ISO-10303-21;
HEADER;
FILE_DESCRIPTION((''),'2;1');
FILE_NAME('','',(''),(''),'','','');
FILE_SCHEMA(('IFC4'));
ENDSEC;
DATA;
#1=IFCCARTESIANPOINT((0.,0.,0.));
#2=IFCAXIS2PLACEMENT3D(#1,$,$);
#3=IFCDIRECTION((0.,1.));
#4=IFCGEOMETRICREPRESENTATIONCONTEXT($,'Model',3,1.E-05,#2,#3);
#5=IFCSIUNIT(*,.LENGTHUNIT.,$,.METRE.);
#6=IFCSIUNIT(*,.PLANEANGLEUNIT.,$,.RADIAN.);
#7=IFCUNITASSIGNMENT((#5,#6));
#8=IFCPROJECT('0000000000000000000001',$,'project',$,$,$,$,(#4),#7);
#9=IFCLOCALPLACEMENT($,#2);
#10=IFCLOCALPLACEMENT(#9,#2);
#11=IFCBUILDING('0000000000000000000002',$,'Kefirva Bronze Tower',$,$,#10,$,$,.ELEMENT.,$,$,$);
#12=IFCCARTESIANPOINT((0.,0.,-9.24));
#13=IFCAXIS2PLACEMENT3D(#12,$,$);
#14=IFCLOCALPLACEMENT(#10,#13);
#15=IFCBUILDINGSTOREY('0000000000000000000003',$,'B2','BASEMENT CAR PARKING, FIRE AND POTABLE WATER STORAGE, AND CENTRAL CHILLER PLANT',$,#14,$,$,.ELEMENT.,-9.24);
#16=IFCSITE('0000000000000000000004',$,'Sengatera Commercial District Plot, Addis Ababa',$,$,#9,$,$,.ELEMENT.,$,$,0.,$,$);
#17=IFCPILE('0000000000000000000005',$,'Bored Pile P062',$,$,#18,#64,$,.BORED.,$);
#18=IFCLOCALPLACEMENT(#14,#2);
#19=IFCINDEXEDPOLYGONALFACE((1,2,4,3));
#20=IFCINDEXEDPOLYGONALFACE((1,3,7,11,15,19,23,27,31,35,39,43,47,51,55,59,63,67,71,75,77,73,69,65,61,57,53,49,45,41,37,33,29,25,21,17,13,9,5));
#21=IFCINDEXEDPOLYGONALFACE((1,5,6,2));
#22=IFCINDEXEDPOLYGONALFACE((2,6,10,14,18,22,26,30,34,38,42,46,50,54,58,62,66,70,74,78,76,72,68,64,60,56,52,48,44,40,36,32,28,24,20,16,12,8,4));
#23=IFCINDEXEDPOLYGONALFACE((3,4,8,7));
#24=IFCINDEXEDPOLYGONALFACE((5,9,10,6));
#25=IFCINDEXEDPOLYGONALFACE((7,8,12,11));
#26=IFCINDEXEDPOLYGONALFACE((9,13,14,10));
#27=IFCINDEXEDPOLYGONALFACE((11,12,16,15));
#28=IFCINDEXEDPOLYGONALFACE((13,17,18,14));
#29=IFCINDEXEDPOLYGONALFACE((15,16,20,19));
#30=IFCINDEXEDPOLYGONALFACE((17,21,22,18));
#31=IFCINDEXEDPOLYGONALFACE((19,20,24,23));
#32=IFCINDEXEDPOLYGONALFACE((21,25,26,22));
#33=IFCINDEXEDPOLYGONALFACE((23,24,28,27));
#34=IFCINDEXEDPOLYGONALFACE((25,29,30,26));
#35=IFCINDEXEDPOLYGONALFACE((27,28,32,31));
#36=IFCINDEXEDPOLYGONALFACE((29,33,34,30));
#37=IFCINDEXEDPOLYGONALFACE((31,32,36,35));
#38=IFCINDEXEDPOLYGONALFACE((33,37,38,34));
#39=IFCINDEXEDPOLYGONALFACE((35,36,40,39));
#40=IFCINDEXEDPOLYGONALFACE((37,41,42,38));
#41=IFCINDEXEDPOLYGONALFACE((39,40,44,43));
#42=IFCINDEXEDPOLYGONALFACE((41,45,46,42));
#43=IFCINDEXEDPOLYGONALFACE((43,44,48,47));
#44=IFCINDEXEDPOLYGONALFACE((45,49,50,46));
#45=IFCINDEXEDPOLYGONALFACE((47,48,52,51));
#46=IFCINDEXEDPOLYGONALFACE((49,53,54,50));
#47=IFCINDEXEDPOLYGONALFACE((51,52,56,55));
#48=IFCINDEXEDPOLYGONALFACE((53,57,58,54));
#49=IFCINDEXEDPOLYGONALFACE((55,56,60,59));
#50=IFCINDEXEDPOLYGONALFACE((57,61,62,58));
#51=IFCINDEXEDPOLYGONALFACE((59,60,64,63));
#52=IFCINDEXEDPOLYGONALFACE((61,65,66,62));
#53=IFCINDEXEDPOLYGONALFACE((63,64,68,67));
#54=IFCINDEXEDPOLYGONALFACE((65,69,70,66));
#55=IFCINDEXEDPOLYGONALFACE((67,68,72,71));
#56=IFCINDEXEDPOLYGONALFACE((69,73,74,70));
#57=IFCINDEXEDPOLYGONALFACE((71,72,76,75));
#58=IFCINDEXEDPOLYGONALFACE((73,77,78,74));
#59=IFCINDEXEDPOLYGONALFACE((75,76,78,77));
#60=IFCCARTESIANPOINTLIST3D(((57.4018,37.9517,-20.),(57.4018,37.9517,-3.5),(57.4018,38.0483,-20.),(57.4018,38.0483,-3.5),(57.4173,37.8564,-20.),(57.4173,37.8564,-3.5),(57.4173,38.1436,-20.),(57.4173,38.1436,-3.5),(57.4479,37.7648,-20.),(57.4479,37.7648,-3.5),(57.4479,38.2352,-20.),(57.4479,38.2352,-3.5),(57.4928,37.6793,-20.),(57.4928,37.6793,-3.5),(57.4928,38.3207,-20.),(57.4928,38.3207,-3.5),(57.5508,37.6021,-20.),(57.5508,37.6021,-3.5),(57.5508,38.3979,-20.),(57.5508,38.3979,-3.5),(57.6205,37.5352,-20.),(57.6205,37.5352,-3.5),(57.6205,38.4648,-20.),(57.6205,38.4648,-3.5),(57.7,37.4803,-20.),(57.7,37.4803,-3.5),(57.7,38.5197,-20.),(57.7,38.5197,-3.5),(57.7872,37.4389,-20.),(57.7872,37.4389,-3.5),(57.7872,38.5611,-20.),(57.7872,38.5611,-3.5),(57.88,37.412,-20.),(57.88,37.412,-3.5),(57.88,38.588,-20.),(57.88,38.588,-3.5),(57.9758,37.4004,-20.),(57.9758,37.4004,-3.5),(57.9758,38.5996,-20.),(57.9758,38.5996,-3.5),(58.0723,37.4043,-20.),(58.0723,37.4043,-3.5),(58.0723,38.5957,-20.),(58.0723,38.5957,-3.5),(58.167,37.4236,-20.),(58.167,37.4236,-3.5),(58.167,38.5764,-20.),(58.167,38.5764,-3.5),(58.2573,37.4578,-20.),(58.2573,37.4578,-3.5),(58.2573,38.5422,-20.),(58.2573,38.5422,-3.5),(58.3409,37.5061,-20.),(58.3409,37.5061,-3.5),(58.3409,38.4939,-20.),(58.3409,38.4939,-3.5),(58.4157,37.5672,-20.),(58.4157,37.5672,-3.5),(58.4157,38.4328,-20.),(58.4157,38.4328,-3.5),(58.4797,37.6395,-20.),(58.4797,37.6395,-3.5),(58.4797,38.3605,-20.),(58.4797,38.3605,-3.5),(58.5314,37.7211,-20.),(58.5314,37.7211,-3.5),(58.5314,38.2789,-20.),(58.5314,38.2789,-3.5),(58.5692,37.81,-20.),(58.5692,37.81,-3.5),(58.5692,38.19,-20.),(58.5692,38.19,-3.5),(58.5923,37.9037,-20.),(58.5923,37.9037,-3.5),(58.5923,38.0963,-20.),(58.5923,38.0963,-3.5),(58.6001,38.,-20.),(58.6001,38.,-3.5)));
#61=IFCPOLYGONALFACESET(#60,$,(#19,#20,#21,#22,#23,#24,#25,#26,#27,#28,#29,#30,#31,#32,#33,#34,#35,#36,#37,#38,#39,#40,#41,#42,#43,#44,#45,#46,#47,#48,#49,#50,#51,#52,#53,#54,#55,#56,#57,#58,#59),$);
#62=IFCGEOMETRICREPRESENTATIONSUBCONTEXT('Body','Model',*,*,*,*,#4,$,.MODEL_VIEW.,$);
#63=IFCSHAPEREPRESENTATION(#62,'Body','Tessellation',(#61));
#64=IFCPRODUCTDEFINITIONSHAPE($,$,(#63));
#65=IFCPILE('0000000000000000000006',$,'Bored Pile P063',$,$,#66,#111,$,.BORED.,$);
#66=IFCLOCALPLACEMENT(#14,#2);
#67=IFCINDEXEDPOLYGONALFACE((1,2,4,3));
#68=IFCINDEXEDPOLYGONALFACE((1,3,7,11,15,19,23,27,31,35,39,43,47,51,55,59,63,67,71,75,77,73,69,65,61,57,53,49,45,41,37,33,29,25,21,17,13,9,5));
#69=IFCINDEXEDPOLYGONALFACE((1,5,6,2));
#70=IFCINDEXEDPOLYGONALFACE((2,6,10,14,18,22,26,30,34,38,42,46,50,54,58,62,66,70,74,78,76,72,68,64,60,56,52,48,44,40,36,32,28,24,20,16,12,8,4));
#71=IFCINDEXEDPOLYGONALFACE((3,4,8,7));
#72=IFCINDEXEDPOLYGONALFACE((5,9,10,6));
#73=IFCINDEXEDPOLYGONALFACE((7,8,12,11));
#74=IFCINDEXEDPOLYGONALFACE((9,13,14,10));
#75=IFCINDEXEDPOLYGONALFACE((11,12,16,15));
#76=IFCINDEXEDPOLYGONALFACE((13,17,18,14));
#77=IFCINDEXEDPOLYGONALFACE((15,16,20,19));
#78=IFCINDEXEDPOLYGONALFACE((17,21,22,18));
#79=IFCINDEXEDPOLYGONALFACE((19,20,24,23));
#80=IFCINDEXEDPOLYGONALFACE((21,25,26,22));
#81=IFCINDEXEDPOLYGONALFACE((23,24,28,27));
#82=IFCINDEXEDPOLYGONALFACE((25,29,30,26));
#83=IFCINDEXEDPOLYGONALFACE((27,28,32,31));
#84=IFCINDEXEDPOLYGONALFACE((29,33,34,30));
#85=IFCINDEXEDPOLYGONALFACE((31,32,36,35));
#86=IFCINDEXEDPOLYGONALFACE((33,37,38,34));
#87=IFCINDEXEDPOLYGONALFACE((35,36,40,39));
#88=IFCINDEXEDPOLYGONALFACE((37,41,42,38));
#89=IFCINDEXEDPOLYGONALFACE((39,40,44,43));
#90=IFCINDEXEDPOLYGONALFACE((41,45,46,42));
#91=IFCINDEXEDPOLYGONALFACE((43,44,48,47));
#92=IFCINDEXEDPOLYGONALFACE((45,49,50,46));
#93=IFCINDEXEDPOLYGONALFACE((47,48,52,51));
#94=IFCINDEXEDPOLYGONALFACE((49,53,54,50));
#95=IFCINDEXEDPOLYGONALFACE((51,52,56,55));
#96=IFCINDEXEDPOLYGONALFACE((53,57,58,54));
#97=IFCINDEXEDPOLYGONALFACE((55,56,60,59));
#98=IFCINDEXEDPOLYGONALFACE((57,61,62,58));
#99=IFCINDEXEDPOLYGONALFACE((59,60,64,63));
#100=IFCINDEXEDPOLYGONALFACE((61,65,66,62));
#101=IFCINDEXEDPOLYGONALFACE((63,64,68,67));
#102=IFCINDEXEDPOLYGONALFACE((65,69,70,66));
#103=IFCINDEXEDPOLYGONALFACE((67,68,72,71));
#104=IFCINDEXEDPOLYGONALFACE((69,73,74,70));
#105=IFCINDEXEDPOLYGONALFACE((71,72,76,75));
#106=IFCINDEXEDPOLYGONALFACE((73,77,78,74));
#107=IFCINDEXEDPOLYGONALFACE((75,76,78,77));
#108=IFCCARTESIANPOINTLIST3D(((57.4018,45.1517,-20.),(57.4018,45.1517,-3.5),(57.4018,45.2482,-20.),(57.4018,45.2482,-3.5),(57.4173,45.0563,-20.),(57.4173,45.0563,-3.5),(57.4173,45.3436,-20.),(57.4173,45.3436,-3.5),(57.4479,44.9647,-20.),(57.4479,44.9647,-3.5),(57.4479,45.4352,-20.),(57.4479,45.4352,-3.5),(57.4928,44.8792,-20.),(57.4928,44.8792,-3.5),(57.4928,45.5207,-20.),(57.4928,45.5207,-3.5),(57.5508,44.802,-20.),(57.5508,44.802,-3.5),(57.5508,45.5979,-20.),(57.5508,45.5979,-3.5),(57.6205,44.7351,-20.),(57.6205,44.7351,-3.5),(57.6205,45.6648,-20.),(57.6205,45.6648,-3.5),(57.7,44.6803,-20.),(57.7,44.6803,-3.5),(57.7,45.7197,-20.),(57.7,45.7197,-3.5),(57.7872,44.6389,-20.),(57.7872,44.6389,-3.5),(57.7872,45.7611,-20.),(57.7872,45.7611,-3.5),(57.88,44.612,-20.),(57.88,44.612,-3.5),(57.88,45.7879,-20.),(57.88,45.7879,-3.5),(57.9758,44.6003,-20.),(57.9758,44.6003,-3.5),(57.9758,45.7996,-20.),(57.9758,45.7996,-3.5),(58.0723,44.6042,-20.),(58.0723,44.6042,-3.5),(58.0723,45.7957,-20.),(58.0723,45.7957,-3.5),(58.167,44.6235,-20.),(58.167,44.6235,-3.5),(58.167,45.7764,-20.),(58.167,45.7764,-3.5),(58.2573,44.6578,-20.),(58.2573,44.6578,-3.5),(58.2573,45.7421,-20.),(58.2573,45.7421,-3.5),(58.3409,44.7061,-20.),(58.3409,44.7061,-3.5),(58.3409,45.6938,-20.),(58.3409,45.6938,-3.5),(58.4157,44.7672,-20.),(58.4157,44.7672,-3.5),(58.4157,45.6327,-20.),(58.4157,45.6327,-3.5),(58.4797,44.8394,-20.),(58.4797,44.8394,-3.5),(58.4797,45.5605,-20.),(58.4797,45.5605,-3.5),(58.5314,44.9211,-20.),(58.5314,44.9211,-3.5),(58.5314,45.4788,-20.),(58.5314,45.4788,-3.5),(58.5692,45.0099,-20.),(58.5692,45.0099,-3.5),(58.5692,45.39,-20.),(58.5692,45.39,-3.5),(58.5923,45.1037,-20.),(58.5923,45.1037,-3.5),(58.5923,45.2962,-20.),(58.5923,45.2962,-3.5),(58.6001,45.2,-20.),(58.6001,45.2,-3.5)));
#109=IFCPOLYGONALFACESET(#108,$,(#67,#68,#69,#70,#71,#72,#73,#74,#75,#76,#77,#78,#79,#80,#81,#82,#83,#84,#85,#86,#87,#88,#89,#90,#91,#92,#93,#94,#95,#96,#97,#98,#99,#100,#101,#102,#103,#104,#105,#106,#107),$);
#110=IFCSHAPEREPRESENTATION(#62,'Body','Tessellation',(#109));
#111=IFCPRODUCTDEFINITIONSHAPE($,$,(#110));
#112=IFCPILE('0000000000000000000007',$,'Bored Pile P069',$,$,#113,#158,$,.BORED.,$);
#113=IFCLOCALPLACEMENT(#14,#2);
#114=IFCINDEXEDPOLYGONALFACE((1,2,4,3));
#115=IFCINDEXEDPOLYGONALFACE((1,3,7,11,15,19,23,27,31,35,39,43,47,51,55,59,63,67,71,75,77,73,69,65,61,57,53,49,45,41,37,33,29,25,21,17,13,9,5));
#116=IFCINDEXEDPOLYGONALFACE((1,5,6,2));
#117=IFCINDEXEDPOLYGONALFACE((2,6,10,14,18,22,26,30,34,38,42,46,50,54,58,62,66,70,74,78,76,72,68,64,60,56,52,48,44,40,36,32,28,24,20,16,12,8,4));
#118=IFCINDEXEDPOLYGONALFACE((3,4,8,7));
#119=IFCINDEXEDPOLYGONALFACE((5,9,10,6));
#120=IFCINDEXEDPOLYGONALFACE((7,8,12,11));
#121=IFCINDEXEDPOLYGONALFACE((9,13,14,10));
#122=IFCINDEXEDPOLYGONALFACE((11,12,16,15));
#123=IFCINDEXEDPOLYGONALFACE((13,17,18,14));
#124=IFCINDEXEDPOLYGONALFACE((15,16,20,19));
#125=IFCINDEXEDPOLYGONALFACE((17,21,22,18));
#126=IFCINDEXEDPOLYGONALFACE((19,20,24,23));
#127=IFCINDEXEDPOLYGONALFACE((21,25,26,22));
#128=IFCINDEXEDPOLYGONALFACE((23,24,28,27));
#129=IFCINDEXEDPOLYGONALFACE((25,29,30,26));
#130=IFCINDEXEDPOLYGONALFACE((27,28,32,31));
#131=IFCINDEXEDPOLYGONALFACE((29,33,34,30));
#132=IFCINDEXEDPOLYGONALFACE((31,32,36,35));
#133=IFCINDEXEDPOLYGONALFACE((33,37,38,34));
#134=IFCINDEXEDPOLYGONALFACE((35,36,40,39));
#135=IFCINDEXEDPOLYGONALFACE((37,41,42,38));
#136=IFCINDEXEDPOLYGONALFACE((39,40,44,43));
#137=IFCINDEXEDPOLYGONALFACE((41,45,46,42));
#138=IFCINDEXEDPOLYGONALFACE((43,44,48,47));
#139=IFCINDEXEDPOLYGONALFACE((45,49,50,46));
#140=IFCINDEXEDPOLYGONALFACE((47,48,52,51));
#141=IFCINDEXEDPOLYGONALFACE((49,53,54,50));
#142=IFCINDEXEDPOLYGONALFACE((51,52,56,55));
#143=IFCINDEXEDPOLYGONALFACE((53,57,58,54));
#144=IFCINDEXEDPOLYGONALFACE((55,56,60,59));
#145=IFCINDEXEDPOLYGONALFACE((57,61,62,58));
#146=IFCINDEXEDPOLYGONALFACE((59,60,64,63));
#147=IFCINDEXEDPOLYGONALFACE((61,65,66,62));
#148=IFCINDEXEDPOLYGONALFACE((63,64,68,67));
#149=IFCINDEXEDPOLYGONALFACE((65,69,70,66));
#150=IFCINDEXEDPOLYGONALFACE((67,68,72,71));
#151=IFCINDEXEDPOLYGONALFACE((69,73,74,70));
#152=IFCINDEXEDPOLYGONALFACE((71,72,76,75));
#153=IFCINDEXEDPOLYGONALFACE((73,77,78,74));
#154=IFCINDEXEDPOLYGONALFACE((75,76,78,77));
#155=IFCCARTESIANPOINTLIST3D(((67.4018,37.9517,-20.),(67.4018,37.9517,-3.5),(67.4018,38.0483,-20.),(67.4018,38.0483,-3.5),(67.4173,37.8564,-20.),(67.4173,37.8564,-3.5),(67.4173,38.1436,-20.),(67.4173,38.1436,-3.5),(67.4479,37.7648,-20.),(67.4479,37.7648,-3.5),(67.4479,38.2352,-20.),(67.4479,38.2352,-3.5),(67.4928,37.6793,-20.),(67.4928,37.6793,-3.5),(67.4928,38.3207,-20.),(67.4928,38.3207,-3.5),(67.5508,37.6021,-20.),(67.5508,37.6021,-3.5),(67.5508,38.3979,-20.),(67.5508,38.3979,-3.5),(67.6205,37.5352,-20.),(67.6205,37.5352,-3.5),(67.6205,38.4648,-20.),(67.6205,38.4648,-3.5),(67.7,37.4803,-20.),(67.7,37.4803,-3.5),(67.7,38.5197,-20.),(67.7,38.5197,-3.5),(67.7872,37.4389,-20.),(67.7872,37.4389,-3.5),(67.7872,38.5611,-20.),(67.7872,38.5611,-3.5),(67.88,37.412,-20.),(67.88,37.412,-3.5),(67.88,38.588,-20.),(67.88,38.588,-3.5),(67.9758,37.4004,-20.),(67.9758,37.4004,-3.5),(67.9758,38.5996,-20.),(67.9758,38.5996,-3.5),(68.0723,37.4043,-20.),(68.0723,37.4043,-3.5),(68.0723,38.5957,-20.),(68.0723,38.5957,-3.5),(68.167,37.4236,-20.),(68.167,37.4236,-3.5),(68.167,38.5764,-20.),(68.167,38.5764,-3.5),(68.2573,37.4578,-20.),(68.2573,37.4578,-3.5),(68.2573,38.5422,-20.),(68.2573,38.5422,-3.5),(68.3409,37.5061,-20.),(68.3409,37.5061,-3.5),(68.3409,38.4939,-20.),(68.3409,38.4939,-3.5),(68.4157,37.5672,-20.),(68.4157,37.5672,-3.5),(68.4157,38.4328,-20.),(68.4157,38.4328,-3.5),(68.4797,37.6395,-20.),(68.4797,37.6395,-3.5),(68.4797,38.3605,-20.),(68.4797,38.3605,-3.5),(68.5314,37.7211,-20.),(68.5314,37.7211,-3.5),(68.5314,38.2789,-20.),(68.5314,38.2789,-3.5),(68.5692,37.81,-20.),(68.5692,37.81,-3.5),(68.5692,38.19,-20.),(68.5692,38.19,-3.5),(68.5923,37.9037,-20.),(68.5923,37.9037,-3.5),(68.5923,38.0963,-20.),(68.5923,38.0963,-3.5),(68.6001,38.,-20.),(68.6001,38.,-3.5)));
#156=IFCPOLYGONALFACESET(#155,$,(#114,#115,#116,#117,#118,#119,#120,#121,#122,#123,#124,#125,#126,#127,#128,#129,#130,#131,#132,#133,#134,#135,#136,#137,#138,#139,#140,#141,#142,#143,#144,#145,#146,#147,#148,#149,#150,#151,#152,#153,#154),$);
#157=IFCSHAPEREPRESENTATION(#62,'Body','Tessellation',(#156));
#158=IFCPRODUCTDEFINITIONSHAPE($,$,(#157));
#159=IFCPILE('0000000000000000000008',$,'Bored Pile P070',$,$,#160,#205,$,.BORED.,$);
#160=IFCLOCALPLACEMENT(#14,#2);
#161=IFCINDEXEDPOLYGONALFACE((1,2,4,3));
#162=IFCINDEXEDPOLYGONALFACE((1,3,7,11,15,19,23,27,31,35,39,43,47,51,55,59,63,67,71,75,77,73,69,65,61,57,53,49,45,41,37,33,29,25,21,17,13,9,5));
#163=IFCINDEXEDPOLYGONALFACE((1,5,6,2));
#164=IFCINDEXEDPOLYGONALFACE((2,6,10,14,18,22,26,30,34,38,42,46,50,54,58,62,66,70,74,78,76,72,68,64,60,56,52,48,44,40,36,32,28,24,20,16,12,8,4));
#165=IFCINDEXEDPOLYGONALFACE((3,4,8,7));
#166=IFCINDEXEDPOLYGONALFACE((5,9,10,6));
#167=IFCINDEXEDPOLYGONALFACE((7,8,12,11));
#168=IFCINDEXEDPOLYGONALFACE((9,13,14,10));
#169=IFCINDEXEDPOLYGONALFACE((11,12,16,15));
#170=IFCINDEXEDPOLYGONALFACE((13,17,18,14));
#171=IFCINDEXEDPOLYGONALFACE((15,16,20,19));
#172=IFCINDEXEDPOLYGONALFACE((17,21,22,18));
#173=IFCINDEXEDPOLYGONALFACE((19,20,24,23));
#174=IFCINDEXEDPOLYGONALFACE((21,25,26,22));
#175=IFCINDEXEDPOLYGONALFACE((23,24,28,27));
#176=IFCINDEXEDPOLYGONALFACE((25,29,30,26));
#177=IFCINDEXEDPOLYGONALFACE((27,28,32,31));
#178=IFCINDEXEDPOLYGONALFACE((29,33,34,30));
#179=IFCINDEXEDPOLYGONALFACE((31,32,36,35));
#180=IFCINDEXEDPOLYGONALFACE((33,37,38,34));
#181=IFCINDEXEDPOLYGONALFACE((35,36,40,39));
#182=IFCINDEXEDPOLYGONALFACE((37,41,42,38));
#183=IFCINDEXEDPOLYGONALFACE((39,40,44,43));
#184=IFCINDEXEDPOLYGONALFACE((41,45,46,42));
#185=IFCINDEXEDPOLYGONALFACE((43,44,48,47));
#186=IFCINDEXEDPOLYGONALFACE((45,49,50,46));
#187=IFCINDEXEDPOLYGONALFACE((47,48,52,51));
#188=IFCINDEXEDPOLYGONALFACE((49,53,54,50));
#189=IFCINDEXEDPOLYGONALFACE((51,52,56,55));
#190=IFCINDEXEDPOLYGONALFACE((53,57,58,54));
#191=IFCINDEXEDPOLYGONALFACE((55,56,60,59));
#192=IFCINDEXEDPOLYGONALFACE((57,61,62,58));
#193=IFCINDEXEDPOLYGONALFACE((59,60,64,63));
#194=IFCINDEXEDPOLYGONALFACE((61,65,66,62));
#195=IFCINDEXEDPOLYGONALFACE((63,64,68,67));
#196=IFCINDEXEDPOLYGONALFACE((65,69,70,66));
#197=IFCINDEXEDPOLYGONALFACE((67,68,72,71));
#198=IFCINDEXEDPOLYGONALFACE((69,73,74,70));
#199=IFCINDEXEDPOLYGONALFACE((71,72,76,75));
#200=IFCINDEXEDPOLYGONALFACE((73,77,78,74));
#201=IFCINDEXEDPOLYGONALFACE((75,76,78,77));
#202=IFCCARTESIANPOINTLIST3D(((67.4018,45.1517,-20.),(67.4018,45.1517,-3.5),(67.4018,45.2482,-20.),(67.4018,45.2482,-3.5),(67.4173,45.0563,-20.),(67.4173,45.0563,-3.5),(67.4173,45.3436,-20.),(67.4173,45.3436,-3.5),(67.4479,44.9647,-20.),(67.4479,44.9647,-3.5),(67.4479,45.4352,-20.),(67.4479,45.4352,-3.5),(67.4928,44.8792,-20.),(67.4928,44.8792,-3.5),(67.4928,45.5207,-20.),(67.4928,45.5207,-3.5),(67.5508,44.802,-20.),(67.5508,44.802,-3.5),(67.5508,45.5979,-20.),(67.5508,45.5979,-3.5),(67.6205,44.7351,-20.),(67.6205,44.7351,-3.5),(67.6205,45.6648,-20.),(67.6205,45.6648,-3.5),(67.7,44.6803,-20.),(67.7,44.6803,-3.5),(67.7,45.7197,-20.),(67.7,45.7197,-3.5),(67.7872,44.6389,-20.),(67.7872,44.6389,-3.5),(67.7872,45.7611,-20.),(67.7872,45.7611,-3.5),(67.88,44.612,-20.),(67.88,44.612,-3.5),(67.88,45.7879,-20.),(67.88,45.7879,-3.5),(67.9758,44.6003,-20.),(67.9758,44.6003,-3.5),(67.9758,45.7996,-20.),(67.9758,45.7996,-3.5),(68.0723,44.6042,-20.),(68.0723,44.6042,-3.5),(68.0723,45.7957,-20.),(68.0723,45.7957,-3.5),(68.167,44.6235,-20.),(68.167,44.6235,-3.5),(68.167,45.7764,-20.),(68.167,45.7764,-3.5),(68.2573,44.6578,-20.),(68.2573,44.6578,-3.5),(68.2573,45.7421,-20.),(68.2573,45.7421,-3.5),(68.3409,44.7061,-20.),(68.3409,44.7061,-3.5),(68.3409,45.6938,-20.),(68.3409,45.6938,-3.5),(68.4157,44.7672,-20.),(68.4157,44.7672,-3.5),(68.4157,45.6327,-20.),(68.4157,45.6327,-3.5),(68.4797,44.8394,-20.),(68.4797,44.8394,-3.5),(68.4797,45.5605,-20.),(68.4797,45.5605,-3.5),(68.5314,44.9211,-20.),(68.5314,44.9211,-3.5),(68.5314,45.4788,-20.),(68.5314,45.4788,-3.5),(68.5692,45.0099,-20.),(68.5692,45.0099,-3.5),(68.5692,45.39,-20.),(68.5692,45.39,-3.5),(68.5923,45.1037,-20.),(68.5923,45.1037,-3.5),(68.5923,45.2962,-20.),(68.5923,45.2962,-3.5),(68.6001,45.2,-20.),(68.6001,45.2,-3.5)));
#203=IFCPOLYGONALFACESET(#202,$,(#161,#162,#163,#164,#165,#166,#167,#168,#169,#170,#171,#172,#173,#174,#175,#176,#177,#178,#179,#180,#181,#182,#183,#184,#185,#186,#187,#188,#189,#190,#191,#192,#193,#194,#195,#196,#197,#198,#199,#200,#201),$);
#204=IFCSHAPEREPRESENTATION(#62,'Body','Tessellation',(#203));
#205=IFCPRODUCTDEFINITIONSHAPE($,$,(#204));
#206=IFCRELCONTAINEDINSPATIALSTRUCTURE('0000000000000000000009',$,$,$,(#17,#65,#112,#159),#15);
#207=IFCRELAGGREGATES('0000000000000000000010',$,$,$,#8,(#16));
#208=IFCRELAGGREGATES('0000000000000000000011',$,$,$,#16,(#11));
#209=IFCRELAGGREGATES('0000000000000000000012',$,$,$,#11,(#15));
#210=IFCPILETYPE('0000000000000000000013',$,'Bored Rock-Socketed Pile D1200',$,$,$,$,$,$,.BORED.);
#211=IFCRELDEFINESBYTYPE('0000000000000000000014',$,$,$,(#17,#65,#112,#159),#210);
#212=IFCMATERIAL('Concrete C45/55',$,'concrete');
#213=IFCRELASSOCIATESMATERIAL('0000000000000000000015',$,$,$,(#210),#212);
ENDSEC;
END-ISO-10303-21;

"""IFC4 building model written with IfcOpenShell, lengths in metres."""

from ifc_helpers import new_model, si_unit, direction, frame, origin, origin_2d, place, context, subcontext, project, spatial, circle, extrude, material, material_profile, profile_set, type_object, element, save


model = new_model("IFC4")

# Units and contexts
model_context = context("Model", 3, precision=1e-05, world=origin(), true_north=direction((0.0, 1.0)))
body_context = subcontext(model_context, "Body", "Model", "MODEL_VIEW")
ifc_project = project(units=[si_unit("LENGTHUNIT", "METRE"), si_unit("PLANEANGLEUNIT", "RADIAN")], contexts=[model_context])

# Site, building, storey
site_placement = place(None, origin())
site = spatial("IfcSite", under=ifc_project, at=site_placement, Name="Sengatera Commercial District Plot, Addis Ababa", CompositionType="ELEMENT", RefElevation=0.0)
building_placement = place(site_placement, origin())
building = spatial("IfcBuilding", under=site, at=building_placement, Name="Kefirva Bronze Tower", CompositionType="ELEMENT")
storey_placement = place(building_placement, frame((0.0, 0.0, -9.24)))
storey = spatial("IfcBuildingStorey", under=building, at=storey_placement, Name="B2", Description="BASEMENT CAR PARKING, FIRE AND POTABLE WATER STORAGE, AND CENTRAL CHILLER PLANT", CompositionType="ELEMENT", Elevation=-9.24)

# Piles
ifc_material_1 = material(Name="Concrete C45/55", Category="concrete")
ifc_material_profile_1 = material_profile(ifc_material_1, circle(Radius=0.6001, at=origin_2d()), Name="BORED PILE D1200")
ifc_profile_set_1 = profile_set([ifc_material_profile_1], Name="Concrete C45/55")
pile_type = type_object("IfcPileType", Name="Bored Rock-Socketed Pile D1200", PredefinedType="BORED", material=ifc_profile_set_1)
for number, where, z_axis, x_axis, name in (
    (1, (58.0, 38.0, -3.5), (0.0, 0.0, -1.0), (1.0, 0.0, 0.0), "Bored Pile P062"),
    (2, (58.0, 45.2, -3.5), (0.0, 0.0, -1.0), (1.0, 0.0, 0.0), "Bored Pile P063"),
    (3, (68.0, 38.0, -3.5), (0.0, 0.0, -1.0), (1.0, 0.0, 0.0), "Bored Pile P069"),
    (4, (68.0, 45.2, -3.5), (0.0, 0.0, -1.0), (1.0, 0.0, 0.0), "Bored Pile P070"),
):
    element("IfcPile", number, at=place(storey_placement, frame(where, z_axis=z_axis, x_axis=x_axis)), inside=storey, type_object=pile_type, Name=name, PredefinedType="BORED", context=body_context, shape_type="SweptSolid", body=[
        extrude(circle(Radius=0.6001, at=origin_2d()), origin(), (0.0, 0.0, 1.0), 16.5),
    ])

save(model, "model.ifc")
